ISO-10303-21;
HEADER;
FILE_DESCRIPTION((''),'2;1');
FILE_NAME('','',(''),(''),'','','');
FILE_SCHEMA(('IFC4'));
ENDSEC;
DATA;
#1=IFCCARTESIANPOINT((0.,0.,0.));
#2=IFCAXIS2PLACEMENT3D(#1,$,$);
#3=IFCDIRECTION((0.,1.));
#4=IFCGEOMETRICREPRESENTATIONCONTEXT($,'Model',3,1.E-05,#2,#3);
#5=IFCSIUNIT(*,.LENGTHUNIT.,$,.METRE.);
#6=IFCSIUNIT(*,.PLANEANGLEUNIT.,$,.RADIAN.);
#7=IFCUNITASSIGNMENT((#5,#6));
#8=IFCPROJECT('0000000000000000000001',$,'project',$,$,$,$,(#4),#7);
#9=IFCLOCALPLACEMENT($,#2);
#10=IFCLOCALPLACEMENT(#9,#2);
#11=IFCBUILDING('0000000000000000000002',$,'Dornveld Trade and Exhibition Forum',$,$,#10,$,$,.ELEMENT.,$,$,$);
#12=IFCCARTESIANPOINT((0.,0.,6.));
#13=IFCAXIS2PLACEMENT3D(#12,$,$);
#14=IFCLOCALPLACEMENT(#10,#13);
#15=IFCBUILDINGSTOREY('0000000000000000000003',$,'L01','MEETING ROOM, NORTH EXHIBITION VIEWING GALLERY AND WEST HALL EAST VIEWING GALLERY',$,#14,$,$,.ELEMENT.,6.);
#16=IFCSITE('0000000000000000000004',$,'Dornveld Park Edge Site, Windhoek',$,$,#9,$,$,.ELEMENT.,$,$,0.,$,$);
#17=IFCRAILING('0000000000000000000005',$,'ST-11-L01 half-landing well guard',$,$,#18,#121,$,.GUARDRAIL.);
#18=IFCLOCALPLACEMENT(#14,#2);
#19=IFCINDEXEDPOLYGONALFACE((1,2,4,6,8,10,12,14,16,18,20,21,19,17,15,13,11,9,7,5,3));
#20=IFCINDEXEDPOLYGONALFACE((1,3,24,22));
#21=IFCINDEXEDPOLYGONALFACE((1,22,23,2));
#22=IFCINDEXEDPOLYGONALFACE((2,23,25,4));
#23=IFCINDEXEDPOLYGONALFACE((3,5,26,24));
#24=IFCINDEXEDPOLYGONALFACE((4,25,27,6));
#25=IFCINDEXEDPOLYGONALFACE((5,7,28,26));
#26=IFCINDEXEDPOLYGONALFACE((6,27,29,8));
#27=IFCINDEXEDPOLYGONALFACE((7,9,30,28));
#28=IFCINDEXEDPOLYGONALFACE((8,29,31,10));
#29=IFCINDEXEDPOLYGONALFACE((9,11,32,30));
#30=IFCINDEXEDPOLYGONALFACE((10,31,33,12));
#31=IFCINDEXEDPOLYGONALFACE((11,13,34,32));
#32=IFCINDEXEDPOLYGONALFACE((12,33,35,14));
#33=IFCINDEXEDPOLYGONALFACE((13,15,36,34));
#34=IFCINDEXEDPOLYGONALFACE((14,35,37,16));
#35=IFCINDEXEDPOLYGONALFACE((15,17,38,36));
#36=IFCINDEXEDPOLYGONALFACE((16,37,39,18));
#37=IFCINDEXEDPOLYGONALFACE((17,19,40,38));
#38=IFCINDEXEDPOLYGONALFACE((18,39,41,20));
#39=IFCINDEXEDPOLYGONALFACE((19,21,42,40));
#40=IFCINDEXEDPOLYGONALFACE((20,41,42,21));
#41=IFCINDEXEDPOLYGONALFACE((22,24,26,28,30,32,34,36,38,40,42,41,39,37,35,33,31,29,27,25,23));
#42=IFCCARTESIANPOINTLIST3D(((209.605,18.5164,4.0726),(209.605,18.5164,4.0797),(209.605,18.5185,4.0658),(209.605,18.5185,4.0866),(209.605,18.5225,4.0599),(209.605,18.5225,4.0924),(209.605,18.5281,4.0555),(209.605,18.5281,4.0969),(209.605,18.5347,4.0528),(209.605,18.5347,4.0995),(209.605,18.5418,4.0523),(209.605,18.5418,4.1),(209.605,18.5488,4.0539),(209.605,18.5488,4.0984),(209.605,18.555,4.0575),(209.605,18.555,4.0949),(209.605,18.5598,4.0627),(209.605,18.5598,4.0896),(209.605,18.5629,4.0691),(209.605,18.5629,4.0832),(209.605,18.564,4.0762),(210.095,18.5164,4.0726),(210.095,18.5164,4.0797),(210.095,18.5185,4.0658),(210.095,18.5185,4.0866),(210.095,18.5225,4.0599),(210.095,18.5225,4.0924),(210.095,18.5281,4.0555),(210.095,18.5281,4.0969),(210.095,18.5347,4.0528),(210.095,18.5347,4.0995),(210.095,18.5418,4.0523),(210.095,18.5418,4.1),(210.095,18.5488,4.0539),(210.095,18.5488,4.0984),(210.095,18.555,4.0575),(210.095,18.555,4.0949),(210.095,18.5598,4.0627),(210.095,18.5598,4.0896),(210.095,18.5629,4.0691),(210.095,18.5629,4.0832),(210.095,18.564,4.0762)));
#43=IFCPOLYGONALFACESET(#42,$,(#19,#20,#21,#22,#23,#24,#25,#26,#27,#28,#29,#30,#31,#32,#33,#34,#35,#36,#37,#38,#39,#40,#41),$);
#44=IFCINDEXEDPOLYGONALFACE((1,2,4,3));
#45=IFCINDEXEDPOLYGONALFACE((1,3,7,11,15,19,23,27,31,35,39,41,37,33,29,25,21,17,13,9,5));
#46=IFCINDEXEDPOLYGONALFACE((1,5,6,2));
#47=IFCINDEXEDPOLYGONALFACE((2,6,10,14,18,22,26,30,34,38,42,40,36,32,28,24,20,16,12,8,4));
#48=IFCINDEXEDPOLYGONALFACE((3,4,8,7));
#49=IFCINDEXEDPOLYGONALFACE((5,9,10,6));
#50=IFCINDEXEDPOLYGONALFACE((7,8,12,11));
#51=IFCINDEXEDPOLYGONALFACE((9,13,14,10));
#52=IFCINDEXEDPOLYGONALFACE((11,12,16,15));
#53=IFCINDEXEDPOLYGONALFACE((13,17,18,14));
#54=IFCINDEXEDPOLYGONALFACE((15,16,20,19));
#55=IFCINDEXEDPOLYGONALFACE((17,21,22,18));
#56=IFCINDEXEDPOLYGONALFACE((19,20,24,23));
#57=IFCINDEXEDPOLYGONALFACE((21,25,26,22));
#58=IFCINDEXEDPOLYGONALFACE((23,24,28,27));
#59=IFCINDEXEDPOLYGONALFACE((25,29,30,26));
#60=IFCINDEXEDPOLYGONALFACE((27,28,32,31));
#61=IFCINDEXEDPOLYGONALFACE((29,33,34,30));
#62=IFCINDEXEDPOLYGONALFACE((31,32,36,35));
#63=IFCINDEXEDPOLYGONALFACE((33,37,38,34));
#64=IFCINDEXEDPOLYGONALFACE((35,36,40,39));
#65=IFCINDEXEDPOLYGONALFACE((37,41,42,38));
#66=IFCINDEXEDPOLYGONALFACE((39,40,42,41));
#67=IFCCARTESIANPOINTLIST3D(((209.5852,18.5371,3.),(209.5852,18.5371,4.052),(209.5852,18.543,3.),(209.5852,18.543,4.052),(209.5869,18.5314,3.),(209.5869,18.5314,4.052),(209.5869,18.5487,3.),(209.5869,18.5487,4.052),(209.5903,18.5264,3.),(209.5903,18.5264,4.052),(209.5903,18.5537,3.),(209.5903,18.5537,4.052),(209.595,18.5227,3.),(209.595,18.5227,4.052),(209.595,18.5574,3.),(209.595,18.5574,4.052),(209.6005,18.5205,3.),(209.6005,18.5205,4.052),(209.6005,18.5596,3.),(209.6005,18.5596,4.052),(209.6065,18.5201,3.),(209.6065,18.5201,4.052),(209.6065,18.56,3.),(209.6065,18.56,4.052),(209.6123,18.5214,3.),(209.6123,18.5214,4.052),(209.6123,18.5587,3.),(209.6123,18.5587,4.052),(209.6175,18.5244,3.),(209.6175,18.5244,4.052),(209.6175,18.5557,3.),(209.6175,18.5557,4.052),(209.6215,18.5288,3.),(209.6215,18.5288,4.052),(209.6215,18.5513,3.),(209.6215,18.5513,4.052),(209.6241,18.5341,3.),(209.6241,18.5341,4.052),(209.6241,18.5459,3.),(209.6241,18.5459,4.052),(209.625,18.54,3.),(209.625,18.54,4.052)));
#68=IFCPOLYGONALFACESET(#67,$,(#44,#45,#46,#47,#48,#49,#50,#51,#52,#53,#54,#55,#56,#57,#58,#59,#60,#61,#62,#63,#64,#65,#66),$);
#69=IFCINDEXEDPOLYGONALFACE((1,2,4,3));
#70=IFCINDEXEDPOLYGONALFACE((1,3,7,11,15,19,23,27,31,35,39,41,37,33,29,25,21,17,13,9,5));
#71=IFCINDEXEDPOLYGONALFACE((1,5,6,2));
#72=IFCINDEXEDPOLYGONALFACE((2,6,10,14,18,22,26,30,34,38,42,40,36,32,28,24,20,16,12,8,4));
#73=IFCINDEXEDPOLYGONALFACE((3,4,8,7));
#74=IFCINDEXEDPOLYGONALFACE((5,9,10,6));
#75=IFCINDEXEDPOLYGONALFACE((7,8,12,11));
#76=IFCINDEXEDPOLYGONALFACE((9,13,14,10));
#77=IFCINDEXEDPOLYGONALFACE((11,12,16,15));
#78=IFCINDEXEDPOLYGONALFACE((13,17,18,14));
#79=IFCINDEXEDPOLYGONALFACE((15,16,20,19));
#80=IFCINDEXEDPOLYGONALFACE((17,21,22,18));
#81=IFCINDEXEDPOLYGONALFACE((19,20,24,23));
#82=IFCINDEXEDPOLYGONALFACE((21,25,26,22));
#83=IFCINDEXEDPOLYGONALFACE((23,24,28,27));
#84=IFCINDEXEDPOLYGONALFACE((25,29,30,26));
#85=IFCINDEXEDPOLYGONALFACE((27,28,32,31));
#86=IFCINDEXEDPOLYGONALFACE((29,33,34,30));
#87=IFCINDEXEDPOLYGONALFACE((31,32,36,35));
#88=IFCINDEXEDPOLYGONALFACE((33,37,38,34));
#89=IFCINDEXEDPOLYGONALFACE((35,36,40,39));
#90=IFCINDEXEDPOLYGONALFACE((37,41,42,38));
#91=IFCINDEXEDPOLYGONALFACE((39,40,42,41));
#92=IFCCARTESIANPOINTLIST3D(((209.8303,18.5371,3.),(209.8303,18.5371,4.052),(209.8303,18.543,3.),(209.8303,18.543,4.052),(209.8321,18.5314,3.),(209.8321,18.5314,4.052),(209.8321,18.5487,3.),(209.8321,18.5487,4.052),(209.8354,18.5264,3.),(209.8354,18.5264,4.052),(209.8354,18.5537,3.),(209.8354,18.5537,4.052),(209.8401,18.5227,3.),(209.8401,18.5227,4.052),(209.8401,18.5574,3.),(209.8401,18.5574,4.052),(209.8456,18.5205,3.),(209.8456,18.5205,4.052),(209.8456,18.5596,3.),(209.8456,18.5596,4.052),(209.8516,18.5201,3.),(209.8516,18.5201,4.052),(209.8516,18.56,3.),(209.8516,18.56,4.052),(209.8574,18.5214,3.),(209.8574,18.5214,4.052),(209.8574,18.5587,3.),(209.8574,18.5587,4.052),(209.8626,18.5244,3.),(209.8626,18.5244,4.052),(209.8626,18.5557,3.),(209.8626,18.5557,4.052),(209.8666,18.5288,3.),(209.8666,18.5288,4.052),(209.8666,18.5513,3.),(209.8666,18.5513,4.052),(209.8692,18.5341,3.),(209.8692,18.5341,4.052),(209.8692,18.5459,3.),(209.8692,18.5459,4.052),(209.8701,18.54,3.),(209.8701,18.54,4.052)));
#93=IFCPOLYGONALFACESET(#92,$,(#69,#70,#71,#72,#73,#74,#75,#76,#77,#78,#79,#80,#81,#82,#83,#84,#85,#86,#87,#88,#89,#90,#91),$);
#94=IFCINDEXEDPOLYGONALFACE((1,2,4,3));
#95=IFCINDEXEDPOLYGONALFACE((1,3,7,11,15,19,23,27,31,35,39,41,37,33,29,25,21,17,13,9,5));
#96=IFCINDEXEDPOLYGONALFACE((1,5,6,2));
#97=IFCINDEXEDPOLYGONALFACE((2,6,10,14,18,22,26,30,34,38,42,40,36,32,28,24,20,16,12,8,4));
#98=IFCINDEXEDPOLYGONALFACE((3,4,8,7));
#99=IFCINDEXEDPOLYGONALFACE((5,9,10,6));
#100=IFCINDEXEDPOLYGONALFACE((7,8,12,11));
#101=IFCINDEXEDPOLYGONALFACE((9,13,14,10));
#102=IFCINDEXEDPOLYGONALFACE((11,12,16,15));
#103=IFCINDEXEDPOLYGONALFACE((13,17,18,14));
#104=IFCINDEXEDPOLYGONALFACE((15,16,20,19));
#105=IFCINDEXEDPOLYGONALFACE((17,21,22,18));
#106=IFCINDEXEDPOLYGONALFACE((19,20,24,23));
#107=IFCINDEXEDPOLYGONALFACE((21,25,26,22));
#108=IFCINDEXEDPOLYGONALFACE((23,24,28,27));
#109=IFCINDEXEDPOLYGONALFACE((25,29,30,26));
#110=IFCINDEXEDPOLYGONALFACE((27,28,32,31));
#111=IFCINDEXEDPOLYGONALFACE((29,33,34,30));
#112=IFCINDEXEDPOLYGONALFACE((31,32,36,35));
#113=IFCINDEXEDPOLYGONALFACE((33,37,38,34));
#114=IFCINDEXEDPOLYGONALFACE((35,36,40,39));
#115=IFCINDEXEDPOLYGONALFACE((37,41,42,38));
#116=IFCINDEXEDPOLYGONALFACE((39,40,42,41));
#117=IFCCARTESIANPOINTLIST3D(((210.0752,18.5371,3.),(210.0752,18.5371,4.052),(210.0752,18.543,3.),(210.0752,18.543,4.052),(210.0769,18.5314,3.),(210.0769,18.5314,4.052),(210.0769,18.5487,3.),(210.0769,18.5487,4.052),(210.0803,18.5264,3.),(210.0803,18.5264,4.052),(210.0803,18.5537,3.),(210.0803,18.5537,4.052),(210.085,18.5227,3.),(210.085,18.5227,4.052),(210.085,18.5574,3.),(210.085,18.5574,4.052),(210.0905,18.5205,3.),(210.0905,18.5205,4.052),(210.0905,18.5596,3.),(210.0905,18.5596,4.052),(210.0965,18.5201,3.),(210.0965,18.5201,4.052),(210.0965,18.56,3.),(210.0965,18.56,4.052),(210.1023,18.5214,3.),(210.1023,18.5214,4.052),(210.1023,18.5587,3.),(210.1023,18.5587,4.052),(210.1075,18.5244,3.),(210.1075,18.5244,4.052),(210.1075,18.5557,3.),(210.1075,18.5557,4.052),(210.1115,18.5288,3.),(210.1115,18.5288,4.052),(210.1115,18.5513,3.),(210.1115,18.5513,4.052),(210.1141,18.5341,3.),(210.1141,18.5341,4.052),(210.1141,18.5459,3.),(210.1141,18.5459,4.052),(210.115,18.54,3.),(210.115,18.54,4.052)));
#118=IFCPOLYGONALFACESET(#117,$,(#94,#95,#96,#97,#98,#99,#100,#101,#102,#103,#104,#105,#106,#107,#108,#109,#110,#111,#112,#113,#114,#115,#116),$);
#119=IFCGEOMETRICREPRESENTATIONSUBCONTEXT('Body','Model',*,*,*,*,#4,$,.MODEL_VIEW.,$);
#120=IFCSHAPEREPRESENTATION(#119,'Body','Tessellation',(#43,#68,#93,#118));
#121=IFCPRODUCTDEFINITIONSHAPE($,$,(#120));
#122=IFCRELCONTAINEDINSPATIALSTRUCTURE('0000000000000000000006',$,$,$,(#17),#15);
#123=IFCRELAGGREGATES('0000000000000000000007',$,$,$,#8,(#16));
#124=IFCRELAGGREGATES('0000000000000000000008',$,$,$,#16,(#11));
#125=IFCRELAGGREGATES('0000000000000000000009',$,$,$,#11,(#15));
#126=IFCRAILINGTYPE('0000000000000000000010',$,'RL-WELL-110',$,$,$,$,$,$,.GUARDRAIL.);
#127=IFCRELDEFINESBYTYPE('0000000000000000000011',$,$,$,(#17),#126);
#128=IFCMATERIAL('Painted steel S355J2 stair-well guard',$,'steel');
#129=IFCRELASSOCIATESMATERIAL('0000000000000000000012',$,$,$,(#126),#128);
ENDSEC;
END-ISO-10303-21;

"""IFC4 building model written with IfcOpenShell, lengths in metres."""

from ifc_helpers import new_model, si_unit, direction, frame, origin, origin_2d, place, context, subcontext, project, spatial, circle, extrude, material, type_object, element, save


model = new_model("IFC4")

# Units and contexts
model_context = context("Model", 3, precision=1e-05, world=origin(), true_north=direction((0.0, 1.0)))
body_context = subcontext(model_context, "Body", "Model", "MODEL_VIEW")
ifc_project = project(units=[si_unit("LENGTHUNIT", "METRE"), si_unit("PLANEANGLEUNIT", "RADIAN")], contexts=[model_context])

# Site, building, storey
site_placement = place(None, origin())
site = spatial("IfcSite", under=ifc_project, at=site_placement, Name="Dornveld Park Edge Site, Windhoek", CompositionType="ELEMENT", RefElevation=0.0)
building_placement = place(site_placement, origin())
building = spatial("IfcBuilding", under=site, at=building_placement, Name="Dornveld Trade and Exhibition Forum", CompositionType="ELEMENT")
storey_placement = place(building_placement, frame((0.0, 0.0, 6.0)))
storey = spatial("IfcBuildingStorey", under=building, at=storey_placement, Name="L01", Description="MEETING ROOM, NORTH EXHIBITION VIEWING GALLERY AND WEST HALL EAST VIEWING GALLERY", CompositionType="ELEMENT", Elevation=6.0)

# Railing
ifc_material_1 = material(Name="Painted steel S355J2 stair-well guard", Category="steel")
railing_type_1 = type_object("IfcRailingType", Name="RL-WELL-110", PredefinedType="GUARDRAIL", material=ifc_material_1)
railing_1_placement = place(storey_placement, frame((209.605, 18.54, 3.0)))
element("IfcRailing", 1, at=railing_1_placement, inside=storey, type_object=railing_type_1, Name="ST-11-L01 half-landing well guard", PredefinedType="GUARDRAIL", context=body_context, shape_type="SweptSolid", body=[
    extrude(circle(Radius=0.0239, at=origin_2d()), frame((0.0, 0.0, 1.0762), z_axis=(1.0, 0.0, 0.0), x_axis=(0.0, 1.0, 0.0)), (0.0, 0.0, 1.0), 0.49),
    extrude(circle(Radius=0.02, at=origin_2d()), origin(), (0.0, 0.0, 1.0), 1.052),
    extrude(circle(Radius=0.02, at=origin_2d()), frame((0.2451, 0.0, 0.0)), (0.0, 0.0, 1.0), 1.052),
    extrude(circle(Radius=0.02, at=origin_2d()), frame((0.49, 0.0, 0.0)), (0.0, 0.0, 1.0), 1.052),
])

save(model, "model.ifc")
